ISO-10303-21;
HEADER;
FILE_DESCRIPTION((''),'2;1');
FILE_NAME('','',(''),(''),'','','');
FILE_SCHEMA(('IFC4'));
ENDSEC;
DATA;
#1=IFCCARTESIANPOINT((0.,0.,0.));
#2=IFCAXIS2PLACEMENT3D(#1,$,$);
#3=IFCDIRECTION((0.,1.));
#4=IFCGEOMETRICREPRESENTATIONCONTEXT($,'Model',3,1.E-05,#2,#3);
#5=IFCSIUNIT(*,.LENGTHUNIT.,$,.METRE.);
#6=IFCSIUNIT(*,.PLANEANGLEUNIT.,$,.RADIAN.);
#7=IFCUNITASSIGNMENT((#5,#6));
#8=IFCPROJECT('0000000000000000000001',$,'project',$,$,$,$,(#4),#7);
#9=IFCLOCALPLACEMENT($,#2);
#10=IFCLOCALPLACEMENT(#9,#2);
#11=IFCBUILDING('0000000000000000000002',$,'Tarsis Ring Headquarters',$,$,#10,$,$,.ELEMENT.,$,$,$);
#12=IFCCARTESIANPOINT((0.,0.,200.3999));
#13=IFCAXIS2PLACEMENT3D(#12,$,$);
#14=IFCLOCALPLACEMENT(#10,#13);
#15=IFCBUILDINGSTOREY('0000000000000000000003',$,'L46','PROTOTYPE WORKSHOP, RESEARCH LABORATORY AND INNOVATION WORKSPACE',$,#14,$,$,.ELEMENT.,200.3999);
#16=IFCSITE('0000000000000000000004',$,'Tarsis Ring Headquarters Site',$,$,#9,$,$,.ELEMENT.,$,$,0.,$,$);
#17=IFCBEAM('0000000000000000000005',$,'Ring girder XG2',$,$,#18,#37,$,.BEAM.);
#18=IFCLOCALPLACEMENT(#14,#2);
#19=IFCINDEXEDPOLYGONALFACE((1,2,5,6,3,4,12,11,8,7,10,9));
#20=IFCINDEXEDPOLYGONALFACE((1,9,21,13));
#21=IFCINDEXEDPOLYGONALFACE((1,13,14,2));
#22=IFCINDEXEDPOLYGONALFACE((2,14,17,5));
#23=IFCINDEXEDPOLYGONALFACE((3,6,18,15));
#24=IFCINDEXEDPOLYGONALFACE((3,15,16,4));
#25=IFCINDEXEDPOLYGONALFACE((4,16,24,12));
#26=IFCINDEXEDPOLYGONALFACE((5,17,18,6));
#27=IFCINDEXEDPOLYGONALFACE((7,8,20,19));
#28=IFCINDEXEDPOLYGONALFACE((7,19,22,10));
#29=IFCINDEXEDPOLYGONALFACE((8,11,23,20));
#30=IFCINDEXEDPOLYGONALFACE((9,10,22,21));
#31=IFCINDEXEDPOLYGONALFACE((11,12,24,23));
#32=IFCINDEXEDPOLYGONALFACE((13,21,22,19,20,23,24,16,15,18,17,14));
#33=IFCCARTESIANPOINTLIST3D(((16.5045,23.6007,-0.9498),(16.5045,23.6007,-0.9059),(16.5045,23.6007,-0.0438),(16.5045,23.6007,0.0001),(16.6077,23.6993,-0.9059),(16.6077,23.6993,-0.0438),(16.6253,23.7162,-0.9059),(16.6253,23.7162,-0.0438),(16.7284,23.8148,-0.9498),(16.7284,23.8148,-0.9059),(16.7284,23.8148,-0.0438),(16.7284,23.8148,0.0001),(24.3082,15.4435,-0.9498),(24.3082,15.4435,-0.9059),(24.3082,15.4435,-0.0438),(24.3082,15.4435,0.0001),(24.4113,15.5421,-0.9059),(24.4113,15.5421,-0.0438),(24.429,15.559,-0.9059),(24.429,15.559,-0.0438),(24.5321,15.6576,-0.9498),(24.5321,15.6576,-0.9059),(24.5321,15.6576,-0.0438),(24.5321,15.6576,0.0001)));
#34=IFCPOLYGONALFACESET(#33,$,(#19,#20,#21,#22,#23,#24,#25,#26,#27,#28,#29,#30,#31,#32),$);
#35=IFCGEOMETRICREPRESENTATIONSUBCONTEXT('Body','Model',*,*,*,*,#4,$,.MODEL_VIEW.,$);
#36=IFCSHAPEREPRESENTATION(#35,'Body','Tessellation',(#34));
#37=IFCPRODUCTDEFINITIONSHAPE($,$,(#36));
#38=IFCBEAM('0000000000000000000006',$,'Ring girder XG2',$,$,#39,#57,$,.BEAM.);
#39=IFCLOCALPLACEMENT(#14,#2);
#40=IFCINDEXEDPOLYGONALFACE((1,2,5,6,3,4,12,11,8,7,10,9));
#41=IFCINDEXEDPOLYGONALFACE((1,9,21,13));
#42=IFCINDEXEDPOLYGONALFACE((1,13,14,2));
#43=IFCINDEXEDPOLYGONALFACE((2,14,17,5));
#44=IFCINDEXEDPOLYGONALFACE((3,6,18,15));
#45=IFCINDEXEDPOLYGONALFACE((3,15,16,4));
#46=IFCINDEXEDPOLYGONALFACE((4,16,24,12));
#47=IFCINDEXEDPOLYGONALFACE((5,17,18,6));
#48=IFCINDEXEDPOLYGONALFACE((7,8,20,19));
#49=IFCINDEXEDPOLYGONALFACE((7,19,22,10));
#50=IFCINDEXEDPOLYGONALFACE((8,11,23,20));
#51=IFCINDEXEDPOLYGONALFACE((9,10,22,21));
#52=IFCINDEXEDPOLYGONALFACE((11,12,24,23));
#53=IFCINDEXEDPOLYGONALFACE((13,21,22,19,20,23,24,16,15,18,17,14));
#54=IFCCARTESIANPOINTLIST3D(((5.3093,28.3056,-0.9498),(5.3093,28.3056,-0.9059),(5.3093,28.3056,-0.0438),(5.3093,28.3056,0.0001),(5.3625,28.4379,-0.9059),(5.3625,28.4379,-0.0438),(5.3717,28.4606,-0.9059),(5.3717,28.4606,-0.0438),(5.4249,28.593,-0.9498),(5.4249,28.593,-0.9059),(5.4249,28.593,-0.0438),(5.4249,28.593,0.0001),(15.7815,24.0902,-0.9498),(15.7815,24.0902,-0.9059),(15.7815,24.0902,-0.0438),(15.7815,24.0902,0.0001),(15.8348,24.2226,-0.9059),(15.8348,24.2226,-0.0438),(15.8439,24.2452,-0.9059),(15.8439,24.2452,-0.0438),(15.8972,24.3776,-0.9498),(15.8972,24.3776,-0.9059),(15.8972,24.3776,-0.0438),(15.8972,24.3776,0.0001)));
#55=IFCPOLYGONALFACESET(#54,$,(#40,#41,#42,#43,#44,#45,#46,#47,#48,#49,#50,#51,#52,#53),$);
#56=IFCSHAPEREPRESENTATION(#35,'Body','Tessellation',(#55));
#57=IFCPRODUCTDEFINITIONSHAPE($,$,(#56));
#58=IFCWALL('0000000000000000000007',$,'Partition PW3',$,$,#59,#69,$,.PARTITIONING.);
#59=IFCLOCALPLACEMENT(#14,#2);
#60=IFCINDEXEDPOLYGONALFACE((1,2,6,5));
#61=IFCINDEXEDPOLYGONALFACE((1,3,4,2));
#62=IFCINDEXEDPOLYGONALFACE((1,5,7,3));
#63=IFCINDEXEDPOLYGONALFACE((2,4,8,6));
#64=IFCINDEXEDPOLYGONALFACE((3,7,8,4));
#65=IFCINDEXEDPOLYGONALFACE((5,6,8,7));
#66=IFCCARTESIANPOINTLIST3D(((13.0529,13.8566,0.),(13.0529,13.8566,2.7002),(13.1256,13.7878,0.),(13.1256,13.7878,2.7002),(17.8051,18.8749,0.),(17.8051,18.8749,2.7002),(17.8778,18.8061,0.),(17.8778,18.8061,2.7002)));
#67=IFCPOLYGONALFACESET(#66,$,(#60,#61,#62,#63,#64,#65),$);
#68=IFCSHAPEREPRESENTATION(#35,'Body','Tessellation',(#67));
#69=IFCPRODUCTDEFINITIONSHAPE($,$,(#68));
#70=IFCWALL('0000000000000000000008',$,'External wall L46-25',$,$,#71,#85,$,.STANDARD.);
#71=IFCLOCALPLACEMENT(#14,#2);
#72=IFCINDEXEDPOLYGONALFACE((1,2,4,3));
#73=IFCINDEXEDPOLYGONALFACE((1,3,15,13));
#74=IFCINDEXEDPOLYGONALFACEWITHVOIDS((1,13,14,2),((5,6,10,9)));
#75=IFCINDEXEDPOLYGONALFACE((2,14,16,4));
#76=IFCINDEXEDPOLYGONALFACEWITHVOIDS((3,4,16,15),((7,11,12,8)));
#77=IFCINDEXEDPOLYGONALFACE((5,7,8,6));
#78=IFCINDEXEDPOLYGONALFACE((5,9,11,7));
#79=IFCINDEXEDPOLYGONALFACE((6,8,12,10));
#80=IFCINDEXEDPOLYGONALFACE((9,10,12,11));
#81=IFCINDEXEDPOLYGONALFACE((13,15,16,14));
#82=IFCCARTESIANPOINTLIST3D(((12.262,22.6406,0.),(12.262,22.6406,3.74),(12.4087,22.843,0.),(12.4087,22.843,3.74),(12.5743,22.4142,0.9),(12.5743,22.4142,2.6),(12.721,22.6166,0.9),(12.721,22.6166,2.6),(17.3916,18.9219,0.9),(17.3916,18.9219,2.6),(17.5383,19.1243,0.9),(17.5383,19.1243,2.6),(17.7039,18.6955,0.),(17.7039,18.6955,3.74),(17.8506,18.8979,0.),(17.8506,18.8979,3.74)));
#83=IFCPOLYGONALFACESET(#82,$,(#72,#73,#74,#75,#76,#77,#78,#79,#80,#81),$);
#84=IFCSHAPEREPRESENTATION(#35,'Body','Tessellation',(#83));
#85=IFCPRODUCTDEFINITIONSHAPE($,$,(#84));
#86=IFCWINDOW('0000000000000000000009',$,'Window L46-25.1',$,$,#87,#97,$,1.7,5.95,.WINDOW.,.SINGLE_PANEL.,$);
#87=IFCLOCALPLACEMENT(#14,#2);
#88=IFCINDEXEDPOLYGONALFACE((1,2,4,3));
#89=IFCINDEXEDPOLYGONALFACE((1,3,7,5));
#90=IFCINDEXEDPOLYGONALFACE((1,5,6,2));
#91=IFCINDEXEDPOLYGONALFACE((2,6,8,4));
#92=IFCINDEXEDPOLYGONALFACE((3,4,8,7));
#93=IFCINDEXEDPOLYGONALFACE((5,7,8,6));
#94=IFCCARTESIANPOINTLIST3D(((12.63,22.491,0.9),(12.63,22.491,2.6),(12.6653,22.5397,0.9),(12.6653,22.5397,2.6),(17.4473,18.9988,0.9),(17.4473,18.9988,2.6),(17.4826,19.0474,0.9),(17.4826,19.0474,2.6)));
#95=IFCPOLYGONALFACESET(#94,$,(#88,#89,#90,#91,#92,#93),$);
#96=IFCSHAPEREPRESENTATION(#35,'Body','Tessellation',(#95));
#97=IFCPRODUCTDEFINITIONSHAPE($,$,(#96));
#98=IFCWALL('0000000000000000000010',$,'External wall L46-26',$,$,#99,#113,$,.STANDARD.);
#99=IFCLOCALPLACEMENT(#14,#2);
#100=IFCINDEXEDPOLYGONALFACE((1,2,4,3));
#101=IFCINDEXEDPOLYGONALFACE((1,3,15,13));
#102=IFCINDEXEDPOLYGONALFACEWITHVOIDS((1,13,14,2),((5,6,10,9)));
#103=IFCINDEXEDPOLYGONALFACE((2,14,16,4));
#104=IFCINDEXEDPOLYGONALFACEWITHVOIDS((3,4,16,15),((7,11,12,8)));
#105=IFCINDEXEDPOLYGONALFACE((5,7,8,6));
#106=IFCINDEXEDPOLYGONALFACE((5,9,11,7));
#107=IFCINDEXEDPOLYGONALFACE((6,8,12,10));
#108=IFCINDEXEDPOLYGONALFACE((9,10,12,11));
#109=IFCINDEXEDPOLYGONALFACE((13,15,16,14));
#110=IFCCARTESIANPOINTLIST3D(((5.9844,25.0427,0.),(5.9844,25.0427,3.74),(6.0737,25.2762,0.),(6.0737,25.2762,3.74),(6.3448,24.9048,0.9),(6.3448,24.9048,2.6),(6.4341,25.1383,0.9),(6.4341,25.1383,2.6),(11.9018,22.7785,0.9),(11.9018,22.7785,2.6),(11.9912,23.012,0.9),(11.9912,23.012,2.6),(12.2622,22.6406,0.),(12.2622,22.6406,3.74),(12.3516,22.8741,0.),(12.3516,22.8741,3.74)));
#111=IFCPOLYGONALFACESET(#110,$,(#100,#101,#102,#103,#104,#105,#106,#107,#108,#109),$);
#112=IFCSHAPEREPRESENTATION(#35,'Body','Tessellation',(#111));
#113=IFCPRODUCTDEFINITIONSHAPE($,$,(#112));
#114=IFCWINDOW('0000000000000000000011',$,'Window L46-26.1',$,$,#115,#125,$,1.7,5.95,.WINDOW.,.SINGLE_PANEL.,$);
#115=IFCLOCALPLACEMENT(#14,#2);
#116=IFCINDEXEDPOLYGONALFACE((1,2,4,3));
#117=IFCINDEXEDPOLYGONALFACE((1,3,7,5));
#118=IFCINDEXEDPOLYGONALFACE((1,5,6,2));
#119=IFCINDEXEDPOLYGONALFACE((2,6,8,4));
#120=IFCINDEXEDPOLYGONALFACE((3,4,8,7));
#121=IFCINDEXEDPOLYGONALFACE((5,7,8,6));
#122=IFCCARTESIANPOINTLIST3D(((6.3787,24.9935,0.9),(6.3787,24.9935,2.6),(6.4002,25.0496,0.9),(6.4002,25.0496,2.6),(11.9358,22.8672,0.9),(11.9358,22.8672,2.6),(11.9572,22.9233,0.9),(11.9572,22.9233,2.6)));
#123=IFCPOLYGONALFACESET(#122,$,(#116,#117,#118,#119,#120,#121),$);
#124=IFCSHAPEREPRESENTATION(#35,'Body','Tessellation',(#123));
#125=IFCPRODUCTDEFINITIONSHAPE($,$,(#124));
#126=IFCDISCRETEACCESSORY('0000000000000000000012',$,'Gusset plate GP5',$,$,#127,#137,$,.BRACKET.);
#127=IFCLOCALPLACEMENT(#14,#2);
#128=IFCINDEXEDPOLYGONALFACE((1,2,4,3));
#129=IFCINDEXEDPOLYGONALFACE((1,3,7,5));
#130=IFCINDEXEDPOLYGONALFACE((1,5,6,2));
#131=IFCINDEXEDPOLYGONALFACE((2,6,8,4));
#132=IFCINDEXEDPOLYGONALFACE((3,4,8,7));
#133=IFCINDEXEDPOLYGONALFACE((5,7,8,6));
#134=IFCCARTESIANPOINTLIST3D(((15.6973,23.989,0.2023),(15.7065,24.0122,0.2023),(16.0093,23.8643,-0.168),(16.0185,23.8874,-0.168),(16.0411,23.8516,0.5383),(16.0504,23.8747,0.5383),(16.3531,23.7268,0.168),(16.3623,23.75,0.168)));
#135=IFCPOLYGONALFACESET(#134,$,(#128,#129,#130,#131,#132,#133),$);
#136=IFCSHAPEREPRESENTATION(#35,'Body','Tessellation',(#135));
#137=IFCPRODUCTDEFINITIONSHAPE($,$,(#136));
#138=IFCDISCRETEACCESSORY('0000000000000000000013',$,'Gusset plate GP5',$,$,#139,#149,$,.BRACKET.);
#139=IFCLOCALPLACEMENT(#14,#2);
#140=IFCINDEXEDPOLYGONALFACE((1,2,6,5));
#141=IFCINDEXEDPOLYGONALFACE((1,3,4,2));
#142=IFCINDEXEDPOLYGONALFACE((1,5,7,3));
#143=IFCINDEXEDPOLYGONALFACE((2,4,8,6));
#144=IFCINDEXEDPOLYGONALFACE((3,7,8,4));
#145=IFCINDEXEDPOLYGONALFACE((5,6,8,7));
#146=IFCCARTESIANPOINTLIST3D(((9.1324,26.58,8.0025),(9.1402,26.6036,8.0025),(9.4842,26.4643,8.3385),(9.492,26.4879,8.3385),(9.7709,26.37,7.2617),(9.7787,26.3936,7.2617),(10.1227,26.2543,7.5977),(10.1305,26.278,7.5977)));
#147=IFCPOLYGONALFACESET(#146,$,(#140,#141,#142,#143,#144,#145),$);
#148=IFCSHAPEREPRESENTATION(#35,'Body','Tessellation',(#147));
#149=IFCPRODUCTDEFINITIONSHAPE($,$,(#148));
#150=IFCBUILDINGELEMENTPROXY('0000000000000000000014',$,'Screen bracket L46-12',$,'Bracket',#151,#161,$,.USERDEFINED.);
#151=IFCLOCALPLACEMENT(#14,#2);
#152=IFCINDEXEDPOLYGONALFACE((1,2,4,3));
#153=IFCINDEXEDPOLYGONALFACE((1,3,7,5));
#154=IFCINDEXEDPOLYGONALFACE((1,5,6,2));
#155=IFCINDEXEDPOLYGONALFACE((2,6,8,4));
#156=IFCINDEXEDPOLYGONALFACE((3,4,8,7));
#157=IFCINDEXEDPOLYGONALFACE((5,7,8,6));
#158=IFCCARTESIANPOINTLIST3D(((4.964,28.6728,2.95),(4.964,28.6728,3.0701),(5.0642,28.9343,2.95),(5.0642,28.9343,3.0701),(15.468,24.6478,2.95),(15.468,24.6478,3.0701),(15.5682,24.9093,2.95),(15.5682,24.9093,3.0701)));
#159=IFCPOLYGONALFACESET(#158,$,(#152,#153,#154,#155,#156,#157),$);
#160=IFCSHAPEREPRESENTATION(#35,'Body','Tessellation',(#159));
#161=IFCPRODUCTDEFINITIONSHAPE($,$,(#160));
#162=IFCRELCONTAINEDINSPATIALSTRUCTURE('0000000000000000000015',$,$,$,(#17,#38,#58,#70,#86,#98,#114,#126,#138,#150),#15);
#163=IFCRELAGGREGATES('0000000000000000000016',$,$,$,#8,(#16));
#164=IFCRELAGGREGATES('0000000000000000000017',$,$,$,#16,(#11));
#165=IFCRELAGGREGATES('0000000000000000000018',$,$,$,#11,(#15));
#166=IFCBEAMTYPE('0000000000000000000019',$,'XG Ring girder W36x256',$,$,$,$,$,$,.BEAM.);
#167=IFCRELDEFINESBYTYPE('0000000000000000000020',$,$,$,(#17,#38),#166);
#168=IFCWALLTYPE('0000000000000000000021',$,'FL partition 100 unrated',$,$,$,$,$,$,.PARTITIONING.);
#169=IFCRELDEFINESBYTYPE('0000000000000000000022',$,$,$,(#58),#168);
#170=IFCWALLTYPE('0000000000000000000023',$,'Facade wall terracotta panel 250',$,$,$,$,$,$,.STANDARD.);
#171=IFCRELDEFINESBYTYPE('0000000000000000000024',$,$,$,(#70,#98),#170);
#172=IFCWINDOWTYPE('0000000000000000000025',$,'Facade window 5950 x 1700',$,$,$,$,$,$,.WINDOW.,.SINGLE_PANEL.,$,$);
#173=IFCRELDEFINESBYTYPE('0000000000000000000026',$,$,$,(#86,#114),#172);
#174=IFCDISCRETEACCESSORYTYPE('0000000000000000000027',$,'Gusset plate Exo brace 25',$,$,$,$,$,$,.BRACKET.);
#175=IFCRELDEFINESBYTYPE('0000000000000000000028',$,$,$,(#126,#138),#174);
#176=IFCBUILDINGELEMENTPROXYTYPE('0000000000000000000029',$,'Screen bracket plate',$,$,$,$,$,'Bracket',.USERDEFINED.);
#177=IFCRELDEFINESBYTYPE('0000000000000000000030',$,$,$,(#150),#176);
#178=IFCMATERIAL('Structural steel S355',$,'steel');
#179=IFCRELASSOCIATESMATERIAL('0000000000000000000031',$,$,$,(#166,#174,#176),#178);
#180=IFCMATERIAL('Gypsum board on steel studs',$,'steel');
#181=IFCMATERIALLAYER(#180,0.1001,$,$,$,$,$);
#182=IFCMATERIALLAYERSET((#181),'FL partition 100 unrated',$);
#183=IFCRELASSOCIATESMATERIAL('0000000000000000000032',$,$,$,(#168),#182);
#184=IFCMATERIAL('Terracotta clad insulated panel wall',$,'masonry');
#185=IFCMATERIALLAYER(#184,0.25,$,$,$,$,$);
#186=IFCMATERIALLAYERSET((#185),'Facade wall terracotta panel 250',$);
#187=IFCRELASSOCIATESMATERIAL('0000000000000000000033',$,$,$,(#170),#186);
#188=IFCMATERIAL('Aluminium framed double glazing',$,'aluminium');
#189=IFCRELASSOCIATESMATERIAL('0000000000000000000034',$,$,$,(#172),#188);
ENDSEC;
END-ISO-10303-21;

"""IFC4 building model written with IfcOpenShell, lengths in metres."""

from ifc_helpers import new_model, si_unit, direction, frame, frame_2d, origin, origin_2d, place, context, subcontext, project, spatial, rectangle, i_section, extrude, material, layer, layer_set, material_profile, profile_set, type_object, element, fill, save


model = new_model("IFC4")

# Units and contexts
model_context = context("Model", 3, precision=1e-05, world=origin(), true_north=direction((0.0, 1.0)))
body_context = subcontext(model_context, "Body", "Model", "MODEL_VIEW")
ifc_project = project(units=[si_unit("LENGTHUNIT", "METRE"), si_unit("PLANEANGLEUNIT", "RADIAN")], contexts=[model_context])

# Site, building, storey
site_placement = place(None, origin())
site = spatial("IfcSite", under=ifc_project, at=site_placement, Name="Tarsis Ring Headquarters Site", CompositionType="ELEMENT", RefElevation=0.0)
building_placement = place(site_placement, origin())
building = spatial("IfcBuilding", under=site, at=building_placement, Name="Tarsis Ring Headquarters", CompositionType="ELEMENT")
storey_placement = place(building_placement, frame((0.0, 0.0, 200.3999)))
storey = spatial("IfcBuildingStorey", under=building, at=storey_placement, Name="L46", Description="PROTOTYPE WORKSHOP, RESEARCH LABORATORY AND INNOVATION WORKSPACE", CompositionType="ELEMENT", Elevation=200.3999)

# Shared definitions
ifc_material_1 = material(Name="Structural steel S355", Category="steel")

# Shared definitions
ifc_material_profile_1 = material_profile(ifc_material_1, i_section(OverallWidth=0.3098, OverallDepth=0.95, WebThickness=0.0244, FlangeThickness=0.0439, at=origin_2d()), Name="W36x256")
ifc_profile_set_1 = profile_set([ifc_material_profile_1], Name="Structural steel S355")

# Beams
beam_type_1 = type_object("IfcBeamType", Name="XG Ring girder W36x256", PredefinedType="BEAM", material=ifc_profile_set_1)
for number, where, z_axis, x_axis, name in (
    (1, (24.4202, 15.5505, -0.4749), (-0.691276, 0.722591, 0.0), (-0.722591, -0.691276, 0.0), "Ring girder XG2"),
    (2, (15.8394, 24.2339, -0.4749), (-0.927666, 0.373411, 0.0), (-0.373411, -0.927666, 0.0), "Ring girder XG2"),
):
    element("IfcBeam", number, at=place(storey_placement, frame(where, z_axis=z_axis, x_axis=x_axis)), inside=storey, type_object=beam_type_1, Name=name, PredefinedType="BEAM", context=body_context, shape_type="SweptSolid", body=[
        extrude(i_section(OverallWidth=0.3098, OverallDepth=0.95, WebThickness=0.0244, FlangeThickness=0.0439, at=origin_2d()), origin(), (0.0, 0.0, 1.0), 11.2888),
    ])

# Wall
ifc_material_2 = material(Name="Gypsum board on steel studs", Category="steel")
ifc_layer_1 = layer(ifc_material_2, 0.1001)
ifc_layer_set_1 = layer_set([ifc_layer_1], Name="FL partition 100 unrated")
wall_type_1 = type_object("IfcWallType", Name="FL partition 100 unrated", PredefinedType="PARTITIONING", material=ifc_layer_set_1)
wall_1_placement = place(storey_placement, frame((13.0894, 13.8223, 0.0), z_axis=(0.0, 0.0, 1.0), x_axis=(0.687593, 0.726097, 0.0)))
element("IfcWall", 3, at=wall_1_placement, inside=storey, type_object=wall_type_1, Name="Partition PW3", PredefinedType="PARTITIONING", context=body_context, shape_type="SweptSolid", body=[
    extrude(rectangle(XDim=6.9114, YDim=0.1001, at=frame_2d((3.4556, 0.0))), origin(), (0.0, 0.0, 1.0), 2.7002),
])

# Walls, openings, windows
ifc_material_3 = material(Name="Terracotta clad insulated panel wall", Category="masonry")
ifc_layer_2 = layer(ifc_material_3, 0.25)
ifc_layer_set_2 = layer_set([ifc_layer_2], Name="Facade wall terracotta panel 250")
wall_type_2 = type_object("IfcWallType", Name="Facade wall terracotta panel 250", PredefinedType="STANDARD", material=ifc_layer_set_2)
wall_2_placement = place(storey_placement, frame((17.7773, 18.7966, 0.0), z_axis=(0.0, 0.0, 1.0), x_axis=(-0.809632, 0.586938, 0.0)))
wall_2 = element("IfcWall", 4, at=wall_2_placement, inside=storey, type_object=wall_type_2, Name="External wall L46-25", PredefinedType="STANDARD", context=body_context, shape_type="SweptSolid", body=[
    extrude(rectangle(XDim=6.7214, YDim=0.25, at=frame_2d((3.3608, 0.0))), origin(), (0.0, 0.0, 1.0), 3.74),
])
opening_1_placement = place(wall_2_placement, frame((0.3857, 0.0, 0.8999)))
opening_1 = element("IfcOpeningElement", 5, at=opening_1_placement, cuts=wall_2, PredefinedType="OPENING", context=body_context, shape_type="SweptSolid", body=[
    extrude(rectangle(XDim=5.95, YDim=1.7, at=frame_2d((2.9751, 0.8501))), frame((0.0, 0.135, 0.0), z_axis=(0.0, -1.0, 0.0), x_axis=(1.0, 0.0, 0.0)), (0.0, 0.0, 1.0), 0.27),
])
ifc_material_4 = material(Name="Aluminium framed double glazing", Category="aluminium")
window_type = type_object("IfcWindowType", Name="Facade window 5950 x 1700", PartitioningType="SINGLE_PANEL", PredefinedType="WINDOW", material=ifc_material_4)
window_1_placement = place(opening_1_placement, origin())
window_1 = element("IfcWindow", 6, at=window_1_placement, inside=storey, type_object=window_type, Name="Window L46-25.1", OverallHeight=1.7, OverallWidth=5.95, PartitioningType="SINGLE_PANEL", PredefinedType="WINDOW", context=body_context, shape_type="SweptSolid", body=[
    extrude(rectangle(XDim=5.95, YDim=1.7, at=frame_2d((2.9751, 0.8501))), frame((0.0, 0.03, 0.0), z_axis=(0.0, -1.0, 0.0), x_axis=(1.0, 0.0, 0.0)), (0.0, 0.0, 1.0), 0.0601),
])
fill(opening_1, window_1)
wall_3_placement = place(storey_placement, frame((12.3069, 22.7573, 0.0), z_axis=(0.0, 0.0, 1.0), x_axis=(-0.933965, 0.357365, 0.0)))
wall_3 = element("IfcWall", 7, at=wall_3_placement, inside=storey, type_object=wall_type_2, Name="External wall L46-26", PredefinedType="STANDARD", context=body_context, shape_type="SweptSolid", body=[
    extrude(rectangle(XDim=6.7217, YDim=0.25, at=frame_2d((3.3608, 0.0))), origin(), (0.0, 0.0, 1.0), 3.74),
])
opening_2_placement = place(wall_3_placement, frame((0.3857, 0.0, 0.8999)))
opening_2 = element("IfcOpeningElement", 8, at=opening_2_placement, cuts=wall_3, PredefinedType="OPENING", context=body_context, shape_type="SweptSolid", body=[
    extrude(rectangle(XDim=5.95, YDim=1.7, at=frame_2d((2.9751, 0.8501))), frame((0.0, 0.135, 0.0), z_axis=(0.0, -1.0, 0.0), x_axis=(1.0, 0.0, 0.0)), (0.0, 0.0, 1.0), 0.27),
])
window_2_placement = place(opening_2_placement, origin())
window_2 = element("IfcWindow", 9, at=window_2_placement, inside=storey, type_object=window_type, Name="Window L46-26.1", OverallHeight=1.7, OverallWidth=5.95, PartitioningType="SINGLE_PANEL", PredefinedType="WINDOW", context=body_context, shape_type="SweptSolid", body=[
    extrude(rectangle(XDim=5.95, YDim=1.7, at=frame_2d((2.9751, 0.8501))), frame((0.0, 0.03, 0.0), z_axis=(0.0, -1.0, 0.0), x_axis=(1.0, 0.0, 0.0)), (0.0, 0.0, 1.0), 0.0601),
])
fill(opening_2, window_2)

# Discrete accessories
ifc_material_profile_2 = material_profile(ifc_material_1, rectangle(XDim=0.0249, YDim=0.5, at=origin_2d()), Name="PL 25x500")
ifc_profile_set_2 = profile_set([ifc_material_profile_2], Name="Structural steel S355")
discrete_accessory_type = type_object("IfcDiscreteAccessoryType", Name="Gusset plate Exo brace 25", PredefinedType="BRACKET", material=ifc_profile_set_2)
discrete_accessory_1_placement = place(storey_placement, frame((16.1858, 23.8071, 0.0), z_axis=(-0.62392, 0.24947, 0.7406), x_axis=(-0.371265, -0.928527, 0.0)))
element("IfcDiscreteAccessory", 10, at=discrete_accessory_1_placement, inside=storey, type_object=discrete_accessory_type, Name="Gusset plate GP5", PredefinedType="BRACKET", context=body_context, shape_type="SweptSolid", body=[
    extrude(rectangle(XDim=0.0249, YDim=0.5, at=origin_2d()), origin(), (0.0, 0.0, 1.0), 0.5),
])
discrete_accessory_2_placement = place(storey_placement, frame((9.9507, 26.324, 7.4297), z_axis=(-0.638318, 0.209925, 0.740595), x_axis=(-0.312411, -0.949947, 0.0)))
element("IfcDiscreteAccessory", 11, at=discrete_accessory_2_placement, inside=storey, type_object=discrete_accessory_type, Name="Gusset plate GP5", PredefinedType="BRACKET", context=body_context, shape_type="SweptSolid", body=[
    extrude(rectangle(XDim=0.0249, YDim=0.5, at=origin_2d()), origin(), (0.0, 0.0, 1.0), 1.0002),
])

# Building element proxy
building_element_proxy_type = type_object("IfcBuildingElementProxyType", Name="Screen bracket plate", ElementType="Bracket", PredefinedType="USERDEFINED", material=ifc_material_1)
proxy_placement = place(storey_placement, frame((10.2661, 26.791, 2.95), z_axis=(0.0, 0.0, 1.0), x_axis=(-0.933791, 0.357818, 0.0)))
element("IfcBuildingElementProxy", 12, at=proxy_placement, inside=storey, type_object=building_element_proxy_type, Name="Screen bracket L46-12", ObjectType="Bracket", PredefinedType="USERDEFINED", context=body_context, shape_type="SweptSolid", body=[
    extrude(rectangle(XDim=11.2488, YDim=0.28, at=origin_2d()), origin(), (0.0, 0.0, 1.0), 0.1201),
])

save(model, "model.ifc")
